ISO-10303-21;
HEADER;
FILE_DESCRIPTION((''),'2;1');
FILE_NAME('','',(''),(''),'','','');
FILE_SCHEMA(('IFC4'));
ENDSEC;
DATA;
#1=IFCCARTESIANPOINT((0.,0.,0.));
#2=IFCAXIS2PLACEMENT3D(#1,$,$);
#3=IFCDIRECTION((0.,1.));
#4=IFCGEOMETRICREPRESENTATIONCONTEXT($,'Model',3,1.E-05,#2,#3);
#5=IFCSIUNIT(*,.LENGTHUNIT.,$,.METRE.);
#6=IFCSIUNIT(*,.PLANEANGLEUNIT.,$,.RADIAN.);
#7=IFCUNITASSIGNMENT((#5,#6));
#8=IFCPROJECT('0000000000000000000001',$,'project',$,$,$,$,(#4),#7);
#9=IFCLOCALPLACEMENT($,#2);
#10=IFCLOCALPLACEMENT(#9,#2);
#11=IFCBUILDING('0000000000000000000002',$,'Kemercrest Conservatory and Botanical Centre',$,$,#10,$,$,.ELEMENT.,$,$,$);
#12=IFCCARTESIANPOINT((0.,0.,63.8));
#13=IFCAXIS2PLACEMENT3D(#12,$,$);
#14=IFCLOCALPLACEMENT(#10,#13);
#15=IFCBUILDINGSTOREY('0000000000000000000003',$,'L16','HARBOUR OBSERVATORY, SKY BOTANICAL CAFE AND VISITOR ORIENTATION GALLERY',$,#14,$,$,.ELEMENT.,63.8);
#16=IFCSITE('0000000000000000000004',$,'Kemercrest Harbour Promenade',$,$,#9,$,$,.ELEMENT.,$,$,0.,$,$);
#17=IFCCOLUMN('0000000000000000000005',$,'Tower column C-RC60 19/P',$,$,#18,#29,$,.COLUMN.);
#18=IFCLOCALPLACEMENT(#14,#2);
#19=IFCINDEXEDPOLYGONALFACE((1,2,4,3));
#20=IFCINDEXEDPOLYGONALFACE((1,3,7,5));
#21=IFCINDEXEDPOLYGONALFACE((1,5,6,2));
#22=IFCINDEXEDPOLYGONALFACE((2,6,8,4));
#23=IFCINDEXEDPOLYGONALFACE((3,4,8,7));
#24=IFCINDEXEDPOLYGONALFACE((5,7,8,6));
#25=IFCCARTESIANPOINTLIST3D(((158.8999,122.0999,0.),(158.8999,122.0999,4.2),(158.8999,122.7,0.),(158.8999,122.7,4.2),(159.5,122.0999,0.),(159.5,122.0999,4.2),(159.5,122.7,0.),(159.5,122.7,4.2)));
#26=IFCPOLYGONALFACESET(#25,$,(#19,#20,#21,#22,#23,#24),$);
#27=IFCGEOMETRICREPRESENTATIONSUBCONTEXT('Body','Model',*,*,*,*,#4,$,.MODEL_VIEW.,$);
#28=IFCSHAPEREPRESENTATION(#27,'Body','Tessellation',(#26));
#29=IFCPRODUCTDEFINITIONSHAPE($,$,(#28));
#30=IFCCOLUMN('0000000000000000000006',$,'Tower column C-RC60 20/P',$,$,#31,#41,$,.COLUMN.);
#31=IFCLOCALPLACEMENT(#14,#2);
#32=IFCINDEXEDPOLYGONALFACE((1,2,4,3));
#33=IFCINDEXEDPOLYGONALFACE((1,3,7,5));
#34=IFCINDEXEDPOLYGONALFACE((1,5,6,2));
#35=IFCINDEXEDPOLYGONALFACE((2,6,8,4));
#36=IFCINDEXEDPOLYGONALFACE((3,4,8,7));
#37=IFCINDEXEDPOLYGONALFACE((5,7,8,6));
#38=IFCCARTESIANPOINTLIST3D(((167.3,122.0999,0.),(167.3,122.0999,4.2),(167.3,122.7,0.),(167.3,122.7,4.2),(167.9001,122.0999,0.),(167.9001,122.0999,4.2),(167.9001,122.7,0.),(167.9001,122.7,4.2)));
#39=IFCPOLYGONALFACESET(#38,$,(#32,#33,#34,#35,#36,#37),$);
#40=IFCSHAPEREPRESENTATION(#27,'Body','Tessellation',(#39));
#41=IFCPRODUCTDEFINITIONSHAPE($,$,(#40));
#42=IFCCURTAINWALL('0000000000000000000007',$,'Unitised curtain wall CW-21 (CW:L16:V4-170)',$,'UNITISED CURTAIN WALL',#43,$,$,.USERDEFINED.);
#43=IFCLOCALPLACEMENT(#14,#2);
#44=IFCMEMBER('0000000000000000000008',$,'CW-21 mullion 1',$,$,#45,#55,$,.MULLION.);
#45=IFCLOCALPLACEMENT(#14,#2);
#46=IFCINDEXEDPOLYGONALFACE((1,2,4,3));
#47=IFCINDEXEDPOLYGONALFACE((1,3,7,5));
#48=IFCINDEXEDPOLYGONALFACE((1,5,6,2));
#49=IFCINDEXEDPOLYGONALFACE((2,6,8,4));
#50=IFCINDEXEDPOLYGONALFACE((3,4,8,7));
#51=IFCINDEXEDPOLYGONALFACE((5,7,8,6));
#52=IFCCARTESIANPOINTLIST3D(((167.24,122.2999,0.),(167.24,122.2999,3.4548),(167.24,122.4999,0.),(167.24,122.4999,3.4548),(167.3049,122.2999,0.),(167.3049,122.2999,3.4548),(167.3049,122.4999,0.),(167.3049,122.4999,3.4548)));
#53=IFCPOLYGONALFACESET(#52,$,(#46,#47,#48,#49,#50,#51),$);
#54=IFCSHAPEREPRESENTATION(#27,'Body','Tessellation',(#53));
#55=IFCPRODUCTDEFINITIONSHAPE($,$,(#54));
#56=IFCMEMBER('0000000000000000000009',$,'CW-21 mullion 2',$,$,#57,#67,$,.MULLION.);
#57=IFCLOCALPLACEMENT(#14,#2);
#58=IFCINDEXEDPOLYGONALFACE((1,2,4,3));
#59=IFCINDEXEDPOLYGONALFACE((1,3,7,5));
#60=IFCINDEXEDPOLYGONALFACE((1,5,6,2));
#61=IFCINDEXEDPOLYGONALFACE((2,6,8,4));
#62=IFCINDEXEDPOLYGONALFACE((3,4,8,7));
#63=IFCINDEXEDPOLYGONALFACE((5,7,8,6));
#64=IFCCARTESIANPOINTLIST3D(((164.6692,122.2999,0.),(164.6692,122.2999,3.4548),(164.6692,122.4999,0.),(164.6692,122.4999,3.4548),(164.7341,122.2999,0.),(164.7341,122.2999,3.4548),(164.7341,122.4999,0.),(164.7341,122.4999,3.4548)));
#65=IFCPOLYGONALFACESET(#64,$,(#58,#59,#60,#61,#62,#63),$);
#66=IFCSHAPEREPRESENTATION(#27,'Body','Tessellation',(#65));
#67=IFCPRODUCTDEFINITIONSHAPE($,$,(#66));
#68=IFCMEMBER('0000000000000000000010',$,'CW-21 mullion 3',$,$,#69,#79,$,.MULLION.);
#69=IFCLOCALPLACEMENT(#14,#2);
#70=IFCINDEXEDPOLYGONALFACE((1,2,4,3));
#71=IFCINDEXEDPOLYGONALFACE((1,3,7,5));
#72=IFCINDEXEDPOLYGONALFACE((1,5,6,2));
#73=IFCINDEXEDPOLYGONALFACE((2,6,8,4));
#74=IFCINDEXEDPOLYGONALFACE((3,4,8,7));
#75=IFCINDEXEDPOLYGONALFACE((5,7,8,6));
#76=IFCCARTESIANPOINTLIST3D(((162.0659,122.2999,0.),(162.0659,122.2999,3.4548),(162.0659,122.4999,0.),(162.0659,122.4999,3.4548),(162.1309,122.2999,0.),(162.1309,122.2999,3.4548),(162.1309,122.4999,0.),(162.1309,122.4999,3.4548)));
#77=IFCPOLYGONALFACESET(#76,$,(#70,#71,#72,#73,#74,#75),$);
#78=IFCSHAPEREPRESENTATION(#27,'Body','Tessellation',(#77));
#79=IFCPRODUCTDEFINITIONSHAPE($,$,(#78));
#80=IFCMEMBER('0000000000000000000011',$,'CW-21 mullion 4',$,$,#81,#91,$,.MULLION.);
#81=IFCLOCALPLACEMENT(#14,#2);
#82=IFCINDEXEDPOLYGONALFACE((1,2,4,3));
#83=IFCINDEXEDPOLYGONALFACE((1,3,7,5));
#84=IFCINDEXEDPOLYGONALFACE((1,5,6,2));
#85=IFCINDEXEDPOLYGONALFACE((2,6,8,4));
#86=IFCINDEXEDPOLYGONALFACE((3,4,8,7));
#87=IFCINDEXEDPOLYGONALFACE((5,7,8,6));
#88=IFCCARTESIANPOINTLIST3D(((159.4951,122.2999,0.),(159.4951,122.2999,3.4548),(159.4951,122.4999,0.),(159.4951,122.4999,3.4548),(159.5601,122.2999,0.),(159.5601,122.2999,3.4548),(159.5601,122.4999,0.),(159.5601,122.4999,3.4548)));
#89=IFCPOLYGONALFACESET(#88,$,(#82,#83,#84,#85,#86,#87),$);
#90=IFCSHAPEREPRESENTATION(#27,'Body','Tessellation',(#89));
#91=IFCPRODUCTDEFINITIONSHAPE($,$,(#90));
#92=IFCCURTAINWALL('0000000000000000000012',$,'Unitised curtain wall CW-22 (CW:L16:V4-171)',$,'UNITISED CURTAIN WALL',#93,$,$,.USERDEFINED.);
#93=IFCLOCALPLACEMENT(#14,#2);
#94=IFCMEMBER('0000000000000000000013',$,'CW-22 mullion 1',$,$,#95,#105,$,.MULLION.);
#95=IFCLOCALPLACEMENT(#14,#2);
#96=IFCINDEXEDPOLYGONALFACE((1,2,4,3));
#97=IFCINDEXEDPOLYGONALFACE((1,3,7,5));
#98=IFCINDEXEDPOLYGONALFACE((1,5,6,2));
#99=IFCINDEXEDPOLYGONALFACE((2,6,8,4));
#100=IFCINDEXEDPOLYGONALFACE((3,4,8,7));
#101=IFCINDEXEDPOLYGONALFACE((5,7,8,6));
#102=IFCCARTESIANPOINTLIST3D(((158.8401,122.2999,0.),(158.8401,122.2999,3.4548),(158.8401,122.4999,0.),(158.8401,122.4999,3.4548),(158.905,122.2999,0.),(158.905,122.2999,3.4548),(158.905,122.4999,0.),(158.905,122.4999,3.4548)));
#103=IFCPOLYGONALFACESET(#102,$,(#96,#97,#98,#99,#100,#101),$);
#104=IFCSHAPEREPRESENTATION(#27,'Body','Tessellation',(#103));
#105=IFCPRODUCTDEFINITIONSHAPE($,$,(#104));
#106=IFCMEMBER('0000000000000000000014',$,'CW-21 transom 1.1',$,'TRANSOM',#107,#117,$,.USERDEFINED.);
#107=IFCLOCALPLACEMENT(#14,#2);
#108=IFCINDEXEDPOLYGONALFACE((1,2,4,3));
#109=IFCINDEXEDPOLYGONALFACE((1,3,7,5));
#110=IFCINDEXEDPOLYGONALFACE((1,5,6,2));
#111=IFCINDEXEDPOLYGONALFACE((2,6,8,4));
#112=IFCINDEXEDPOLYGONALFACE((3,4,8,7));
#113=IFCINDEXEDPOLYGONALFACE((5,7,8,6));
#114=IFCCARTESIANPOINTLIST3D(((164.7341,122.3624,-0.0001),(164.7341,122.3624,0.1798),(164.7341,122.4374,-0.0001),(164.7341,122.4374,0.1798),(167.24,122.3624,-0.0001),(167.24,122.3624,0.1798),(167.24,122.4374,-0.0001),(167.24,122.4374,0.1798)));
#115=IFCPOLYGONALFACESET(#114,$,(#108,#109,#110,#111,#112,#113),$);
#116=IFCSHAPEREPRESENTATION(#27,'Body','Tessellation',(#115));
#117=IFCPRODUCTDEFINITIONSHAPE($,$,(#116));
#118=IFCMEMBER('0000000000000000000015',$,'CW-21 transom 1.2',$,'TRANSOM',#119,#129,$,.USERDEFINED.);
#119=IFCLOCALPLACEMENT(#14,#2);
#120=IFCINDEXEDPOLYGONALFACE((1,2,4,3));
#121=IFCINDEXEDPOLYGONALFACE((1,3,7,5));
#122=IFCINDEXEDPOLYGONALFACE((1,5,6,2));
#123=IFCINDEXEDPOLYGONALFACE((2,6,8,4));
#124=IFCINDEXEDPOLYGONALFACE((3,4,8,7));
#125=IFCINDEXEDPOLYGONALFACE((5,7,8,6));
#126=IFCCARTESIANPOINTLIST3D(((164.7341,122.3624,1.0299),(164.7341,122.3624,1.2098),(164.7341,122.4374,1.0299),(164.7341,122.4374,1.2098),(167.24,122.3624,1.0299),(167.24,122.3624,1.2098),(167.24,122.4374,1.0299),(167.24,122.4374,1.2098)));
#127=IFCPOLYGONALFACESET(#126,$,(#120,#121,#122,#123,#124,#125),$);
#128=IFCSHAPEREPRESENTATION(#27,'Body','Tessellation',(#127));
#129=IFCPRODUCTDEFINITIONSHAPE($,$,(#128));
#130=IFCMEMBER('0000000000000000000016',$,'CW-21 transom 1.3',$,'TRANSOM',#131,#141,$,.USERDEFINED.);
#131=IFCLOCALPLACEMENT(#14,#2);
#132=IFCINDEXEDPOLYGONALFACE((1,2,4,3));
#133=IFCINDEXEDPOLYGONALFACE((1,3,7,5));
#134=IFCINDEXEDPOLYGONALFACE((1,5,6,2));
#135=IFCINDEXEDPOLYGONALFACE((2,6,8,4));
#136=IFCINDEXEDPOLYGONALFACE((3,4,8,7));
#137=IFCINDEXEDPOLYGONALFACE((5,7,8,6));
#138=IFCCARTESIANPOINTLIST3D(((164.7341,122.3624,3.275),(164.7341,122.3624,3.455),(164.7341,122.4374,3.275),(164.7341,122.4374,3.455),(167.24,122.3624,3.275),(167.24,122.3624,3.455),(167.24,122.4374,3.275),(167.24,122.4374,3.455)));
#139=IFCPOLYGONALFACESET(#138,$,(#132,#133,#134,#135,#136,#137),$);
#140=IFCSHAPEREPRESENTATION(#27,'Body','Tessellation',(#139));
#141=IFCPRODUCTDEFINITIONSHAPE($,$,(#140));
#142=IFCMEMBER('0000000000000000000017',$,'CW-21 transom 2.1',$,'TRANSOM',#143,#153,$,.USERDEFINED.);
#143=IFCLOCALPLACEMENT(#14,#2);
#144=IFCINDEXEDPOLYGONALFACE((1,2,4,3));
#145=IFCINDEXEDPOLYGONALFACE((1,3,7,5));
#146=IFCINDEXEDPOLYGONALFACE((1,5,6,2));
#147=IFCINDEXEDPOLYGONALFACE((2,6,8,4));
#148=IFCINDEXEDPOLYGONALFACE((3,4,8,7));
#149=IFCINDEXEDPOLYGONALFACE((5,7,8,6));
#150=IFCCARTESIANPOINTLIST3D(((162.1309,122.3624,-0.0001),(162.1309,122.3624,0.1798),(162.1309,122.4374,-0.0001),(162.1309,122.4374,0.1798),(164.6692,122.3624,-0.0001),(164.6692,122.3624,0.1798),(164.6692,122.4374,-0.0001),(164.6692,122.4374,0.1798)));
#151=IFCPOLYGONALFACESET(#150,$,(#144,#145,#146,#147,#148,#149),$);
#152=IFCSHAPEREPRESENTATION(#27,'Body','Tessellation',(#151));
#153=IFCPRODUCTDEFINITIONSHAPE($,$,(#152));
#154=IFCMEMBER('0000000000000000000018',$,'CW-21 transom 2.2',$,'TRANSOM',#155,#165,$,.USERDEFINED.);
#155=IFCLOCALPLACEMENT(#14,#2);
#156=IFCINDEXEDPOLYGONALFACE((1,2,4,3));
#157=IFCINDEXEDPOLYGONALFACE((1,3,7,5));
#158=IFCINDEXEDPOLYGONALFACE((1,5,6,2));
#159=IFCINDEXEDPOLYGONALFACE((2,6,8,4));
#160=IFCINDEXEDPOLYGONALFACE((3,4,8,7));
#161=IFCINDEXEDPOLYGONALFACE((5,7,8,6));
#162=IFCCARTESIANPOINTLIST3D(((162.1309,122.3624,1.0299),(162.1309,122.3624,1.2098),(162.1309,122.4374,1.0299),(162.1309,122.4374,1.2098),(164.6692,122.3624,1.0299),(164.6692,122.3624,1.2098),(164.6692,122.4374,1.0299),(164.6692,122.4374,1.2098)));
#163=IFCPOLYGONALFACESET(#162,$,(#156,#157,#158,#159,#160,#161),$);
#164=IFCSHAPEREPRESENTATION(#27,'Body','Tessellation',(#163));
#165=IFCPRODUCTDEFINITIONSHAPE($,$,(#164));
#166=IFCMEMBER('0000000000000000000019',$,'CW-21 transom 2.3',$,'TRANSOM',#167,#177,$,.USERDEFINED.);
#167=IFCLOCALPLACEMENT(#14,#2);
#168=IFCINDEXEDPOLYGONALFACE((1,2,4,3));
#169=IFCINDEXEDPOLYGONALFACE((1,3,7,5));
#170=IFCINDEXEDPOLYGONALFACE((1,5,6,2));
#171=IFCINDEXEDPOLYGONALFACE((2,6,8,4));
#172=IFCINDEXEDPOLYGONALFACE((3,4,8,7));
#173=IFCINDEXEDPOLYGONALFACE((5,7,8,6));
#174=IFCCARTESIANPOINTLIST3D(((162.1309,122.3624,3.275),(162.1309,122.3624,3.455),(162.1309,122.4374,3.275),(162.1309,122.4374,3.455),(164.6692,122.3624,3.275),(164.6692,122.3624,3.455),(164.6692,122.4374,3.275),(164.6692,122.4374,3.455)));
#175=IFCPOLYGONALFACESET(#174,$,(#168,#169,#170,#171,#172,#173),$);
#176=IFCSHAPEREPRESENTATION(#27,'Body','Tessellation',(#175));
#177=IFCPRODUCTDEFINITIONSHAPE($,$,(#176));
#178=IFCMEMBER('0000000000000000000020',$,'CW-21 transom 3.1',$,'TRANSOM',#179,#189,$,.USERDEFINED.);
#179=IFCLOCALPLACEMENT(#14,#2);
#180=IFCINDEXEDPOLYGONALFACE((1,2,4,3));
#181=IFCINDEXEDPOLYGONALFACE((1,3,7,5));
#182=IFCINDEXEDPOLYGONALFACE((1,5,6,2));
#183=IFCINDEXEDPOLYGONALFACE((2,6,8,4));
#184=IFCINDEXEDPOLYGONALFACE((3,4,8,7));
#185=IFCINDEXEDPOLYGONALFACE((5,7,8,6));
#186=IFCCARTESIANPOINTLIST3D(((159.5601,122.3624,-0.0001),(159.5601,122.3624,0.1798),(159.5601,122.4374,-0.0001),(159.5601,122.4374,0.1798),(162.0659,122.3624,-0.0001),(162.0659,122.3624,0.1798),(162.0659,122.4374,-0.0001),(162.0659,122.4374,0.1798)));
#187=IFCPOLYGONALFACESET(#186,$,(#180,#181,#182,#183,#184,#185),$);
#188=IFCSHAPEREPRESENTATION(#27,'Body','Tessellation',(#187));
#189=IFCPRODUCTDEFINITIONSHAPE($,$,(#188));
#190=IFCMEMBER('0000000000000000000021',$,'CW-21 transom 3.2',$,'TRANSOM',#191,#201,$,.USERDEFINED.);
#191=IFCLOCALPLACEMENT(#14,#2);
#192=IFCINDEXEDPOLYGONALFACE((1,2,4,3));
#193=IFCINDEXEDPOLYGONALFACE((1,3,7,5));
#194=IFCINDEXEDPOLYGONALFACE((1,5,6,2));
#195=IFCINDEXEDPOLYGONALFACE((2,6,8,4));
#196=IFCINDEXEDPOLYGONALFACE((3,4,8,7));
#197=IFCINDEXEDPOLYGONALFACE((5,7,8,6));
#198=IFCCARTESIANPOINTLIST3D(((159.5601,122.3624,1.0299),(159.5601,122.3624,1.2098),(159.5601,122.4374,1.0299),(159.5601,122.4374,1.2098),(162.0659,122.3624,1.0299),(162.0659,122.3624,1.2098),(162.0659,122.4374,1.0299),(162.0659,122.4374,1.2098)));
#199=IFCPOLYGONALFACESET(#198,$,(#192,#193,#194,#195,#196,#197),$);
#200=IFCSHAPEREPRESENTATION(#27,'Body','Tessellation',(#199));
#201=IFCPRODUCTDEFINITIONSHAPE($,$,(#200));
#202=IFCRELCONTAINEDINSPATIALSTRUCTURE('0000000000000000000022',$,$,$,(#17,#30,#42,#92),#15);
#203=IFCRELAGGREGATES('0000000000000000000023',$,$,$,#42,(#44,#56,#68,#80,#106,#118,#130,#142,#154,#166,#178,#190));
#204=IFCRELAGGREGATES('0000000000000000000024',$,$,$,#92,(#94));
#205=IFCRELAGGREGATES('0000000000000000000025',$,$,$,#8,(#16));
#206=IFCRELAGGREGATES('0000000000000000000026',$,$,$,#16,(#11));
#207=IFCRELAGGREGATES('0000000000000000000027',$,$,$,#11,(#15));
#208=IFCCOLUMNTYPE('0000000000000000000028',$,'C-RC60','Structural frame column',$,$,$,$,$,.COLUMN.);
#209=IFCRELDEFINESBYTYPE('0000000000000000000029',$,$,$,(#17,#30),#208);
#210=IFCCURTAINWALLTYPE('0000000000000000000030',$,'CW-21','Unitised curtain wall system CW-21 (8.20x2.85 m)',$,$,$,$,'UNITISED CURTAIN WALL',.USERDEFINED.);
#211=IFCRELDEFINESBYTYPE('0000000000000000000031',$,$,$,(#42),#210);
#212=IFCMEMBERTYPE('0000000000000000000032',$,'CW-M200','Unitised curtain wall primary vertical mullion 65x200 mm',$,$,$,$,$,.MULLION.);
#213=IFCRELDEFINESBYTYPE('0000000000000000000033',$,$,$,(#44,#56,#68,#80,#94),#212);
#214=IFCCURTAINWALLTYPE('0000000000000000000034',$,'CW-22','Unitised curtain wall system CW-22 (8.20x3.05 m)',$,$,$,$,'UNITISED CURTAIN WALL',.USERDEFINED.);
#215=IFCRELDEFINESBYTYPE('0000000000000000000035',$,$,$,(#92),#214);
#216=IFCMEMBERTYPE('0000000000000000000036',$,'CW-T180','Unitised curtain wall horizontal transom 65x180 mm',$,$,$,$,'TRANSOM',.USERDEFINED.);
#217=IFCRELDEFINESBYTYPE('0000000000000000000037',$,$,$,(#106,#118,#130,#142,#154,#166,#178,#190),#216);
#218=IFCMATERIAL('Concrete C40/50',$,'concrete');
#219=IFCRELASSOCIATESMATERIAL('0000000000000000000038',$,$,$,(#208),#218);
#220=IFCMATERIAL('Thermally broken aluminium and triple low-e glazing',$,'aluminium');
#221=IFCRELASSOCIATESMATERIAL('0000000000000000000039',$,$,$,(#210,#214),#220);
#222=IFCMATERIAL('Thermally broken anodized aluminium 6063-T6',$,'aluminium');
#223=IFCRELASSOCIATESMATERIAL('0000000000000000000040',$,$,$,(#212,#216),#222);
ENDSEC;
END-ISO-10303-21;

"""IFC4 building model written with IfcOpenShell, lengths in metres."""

from ifc_helpers import new_model, si_unit, direction, frame, origin, origin_2d, place, context, subcontext, project, spatial, rectangle, extrude, material, material_profile, profile_set, type_object, element, aggregate, save


model = new_model("IFC4")

# Units and contexts
model_context = context("Model", 3, precision=1e-05, world=origin(), true_north=direction((0.0, 1.0)))
body_context = subcontext(model_context, "Body", "Model", "MODEL_VIEW")
ifc_project = project(units=[si_unit("LENGTHUNIT", "METRE"), si_unit("PLANEANGLEUNIT", "RADIAN")], contexts=[model_context])

# Site, building, storey
site_placement = place(None, origin())
site = spatial("IfcSite", under=ifc_project, at=site_placement, Name="Kemercrest Harbour Promenade", CompositionType="ELEMENT", RefElevation=0.0)
building_placement = place(site_placement, origin())
building = spatial("IfcBuilding", under=site, at=building_placement, Name="Kemercrest Conservatory and Botanical Centre", CompositionType="ELEMENT")
storey_placement = place(building_placement, frame((0.0, 0.0, 63.8)))
storey = spatial("IfcBuildingStorey", under=building, at=storey_placement, Name="L16", Description="HARBOUR OBSERVATORY, SKY BOTANICAL CAFE AND VISITOR ORIENTATION GALLERY", CompositionType="ELEMENT", Elevation=63.8)

# Columns
ifc_material_1 = material(Name="Concrete C40/50", Category="concrete")
ifc_material_profile_1 = material_profile(ifc_material_1, rectangle(XDim=0.6001, YDim=0.6001, at=origin_2d()), Name="RC 600x600")
ifc_profile_set_1 = profile_set([ifc_material_profile_1], Name="Concrete C40/50")
column_type = type_object("IfcColumnType", Name="C-RC60", Description="Structural frame column", PredefinedType="COLUMN", material=ifc_profile_set_1)
for number, where, z_axis, x_axis, name in (
    (1, (159.2, 122.3999, 0.0), (0.0, 0.0, 1.0), (1.0, 0.0, 0.0), "Tower column C-RC60 19/P"),
    (2, (167.6001, 122.3999, 0.0), (0.0, 0.0, 1.0), (1.0, 0.0, 0.0), "Tower column C-RC60 20/P"),
):
    element("IfcColumn", number, at=place(storey_placement, frame(where, z_axis=z_axis, x_axis=x_axis)), inside=storey, type_object=column_type, Name=name, PredefinedType="COLUMN", context=body_context, shape_type="SweptSolid", body=[
        extrude(rectangle(XDim=0.6001, YDim=0.6001, at=origin_2d()), origin(), (0.0, 0.0, 1.0), 4.2),
    ])

# Curtain wall, members
ifc_material_2 = material(Name="Thermally broken aluminium and triple low-e glazing", Category="aluminium")
curtain_wall_type_1 = type_object("IfcCurtainWallType", Name="CW-21", Description="Unitised curtain wall system CW-21 (8.20x2.85 m)", ElementType="UNITISED CURTAIN WALL", PredefinedType="USERDEFINED", material=ifc_material_2)
curtain_wall_1_placement = place(storey_placement, origin())
curtain_wall_1 = element("IfcCurtainWall", 3, at=curtain_wall_1_placement, inside=storey, type_object=curtain_wall_type_1, Name="Unitised curtain wall CW-21 (CW:L16:V4-170)", ObjectType="UNITISED CURTAIN WALL", PredefinedType="USERDEFINED")
ifc_material_3 = material(Name="Thermally broken anodized aluminium 6063-T6", Category="aluminium")
ifc_material_profile_2 = material_profile(ifc_material_3, rectangle(XDim=0.2, YDim=0.0649, at=origin_2d()), Name="AL MULLION 65x200")
ifc_profile_set_2 = profile_set([ifc_material_profile_2], Name="Thermally broken anodized aluminium 6063-T6")
member_type_1 = type_object("IfcMemberType", Name="CW-M200", Description="Unitised curtain wall primary vertical mullion 65x200 mm", PredefinedType="MULLION", material=ifc_profile_set_2)
member_1_placement = place(storey_placement, frame((167.2725, 122.3999, 0.0), z_axis=(0.0, 0.0, 1.0), x_axis=(0.0, -1.0, 0.0)))
member_1 = element("IfcMember", 4, at=member_1_placement, type_object=member_type_1, Name="CW-21 mullion 1", PredefinedType="MULLION", context=body_context, shape_type="SweptSolid", body=[
    extrude(rectangle(XDim=0.2, YDim=0.0649, at=origin_2d()), origin(), (0.0, 0.0, 1.0), 3.4548),
])
member_2_placement = place(storey_placement, frame((164.7017, 122.3999, 0.0), z_axis=(0.0, 0.0, 1.0), x_axis=(0.0, -1.0, 0.0)))
member_2 = element("IfcMember", 5, at=member_2_placement, type_object=member_type_1, Name="CW-21 mullion 2", PredefinedType="MULLION", context=body_context, shape_type="SweptSolid", body=[
    extrude(rectangle(XDim=0.2, YDim=0.0649, at=origin_2d()), origin(), (0.0, 0.0, 1.0), 3.4548),
])
member_3_placement = place(storey_placement, frame((162.0984, 122.3999, 0.0), z_axis=(0.0, 0.0, 1.0), x_axis=(0.0, -1.0, 0.0)))
member_3 = element("IfcMember", 6, at=member_3_placement, type_object=member_type_1, Name="CW-21 mullion 3", PredefinedType="MULLION", context=body_context, shape_type="SweptSolid", body=[
    extrude(rectangle(XDim=0.2, YDim=0.0649, at=origin_2d()), origin(), (0.0, 0.0, 1.0), 3.4548),
])
member_4_placement = place(storey_placement, frame((159.5276, 122.3999, 0.0), z_axis=(0.0, 0.0, 1.0), x_axis=(0.0, -1.0, 0.0)))
member_4 = element("IfcMember", 7, at=member_4_placement, type_object=member_type_1, Name="CW-21 mullion 4", PredefinedType="MULLION", context=body_context, shape_type="SweptSolid", body=[
    extrude(rectangle(XDim=0.2, YDim=0.0649, at=origin_2d()), origin(), (0.0, 0.0, 1.0), 3.4548),
])

# Curtain wall, member
curtain_wall_type_2 = type_object("IfcCurtainWallType", Name="CW-22", Description="Unitised curtain wall system CW-22 (8.20x3.05 m)", ElementType="UNITISED CURTAIN WALL", PredefinedType="USERDEFINED", material=ifc_material_2)
curtain_wall_2_placement = place(storey_placement, origin())
curtain_wall_2 = element("IfcCurtainWall", 8, at=curtain_wall_2_placement, inside=storey, type_object=curtain_wall_type_2, Name="Unitised curtain wall CW-22 (CW:L16:V4-171)", ObjectType="UNITISED CURTAIN WALL", PredefinedType="USERDEFINED")
member_5_placement = place(storey_placement, frame((158.8726, 122.3999, 0.0), z_axis=(0.0, 0.0, 1.0), x_axis=(0.0, -1.0, 0.0)))
member_5 = element("IfcMember", 9, at=member_5_placement, type_object=member_type_1, Name="CW-22 mullion 1", PredefinedType="MULLION", context=body_context, shape_type="SweptSolid", body=[
    extrude(rectangle(XDim=0.2, YDim=0.0649, at=origin_2d()), origin(), (0.0, 0.0, 1.0), 3.4548),
])

# Members
ifc_material_profile_3 = material_profile(ifc_material_3, rectangle(XDim=0.075, YDim=0.1799, at=origin_2d()), Name="AL TRANSOM 75x180")
ifc_profile_set_3 = profile_set([ifc_material_profile_3], Name="Thermally broken anodized aluminium 6063-T6")
member_type_2 = type_object("IfcMemberType", Name="CW-T180", Description="Unitised curtain wall horizontal transom 65x180 mm", ElementType="TRANSOM", PredefinedType="USERDEFINED", material=ifc_profile_set_3)
member_6_placement = place(storey_placement, frame((167.24, 122.3999, 0.0898), z_axis=(-1.0, 0.0, 0.0), x_axis=(0.0, -1.0, 0.0)))
member_6 = element("IfcMember", 10, at=member_6_placement, type_object=member_type_2, Name="CW-21 transom 1.1", ObjectType="TRANSOM", PredefinedType="USERDEFINED", context=body_context, shape_type="SweptSolid", body=[
    extrude(rectangle(XDim=0.075, YDim=0.1799, at=origin_2d()), origin(), (0.0, 0.0, 1.0), 2.5059),
])
member_7_placement = place(storey_placement, frame((167.24, 122.3999, 1.1199), z_axis=(-1.0, 0.0, 0.0), x_axis=(0.0, -1.0, 0.0)))
member_7 = element("IfcMember", 11, at=member_7_placement, type_object=member_type_2, Name="CW-21 transom 1.2", ObjectType="TRANSOM", PredefinedType="USERDEFINED", context=body_context, shape_type="SweptSolid", body=[
    extrude(rectangle(XDim=0.075, YDim=0.1799, at=origin_2d()), origin(), (0.0, 0.0, 1.0), 2.5059),
])
member_8_placement = place(storey_placement, frame((167.24, 122.3999, 3.365), z_axis=(-1.0, 0.0, 0.0), x_axis=(0.0, -1.0, 0.0)))
member_8 = element("IfcMember", 12, at=member_8_placement, type_object=member_type_2, Name="CW-21 transom 1.3", ObjectType="TRANSOM", PredefinedType="USERDEFINED", context=body_context, shape_type="SweptSolid", body=[
    extrude(rectangle(XDim=0.075, YDim=0.1799, at=origin_2d()), origin(), (0.0, 0.0, 1.0), 2.5059),
])
member_9_placement = place(storey_placement, frame((164.6692, 122.3999, 0.0898), z_axis=(-1.0, 0.0, 0.0), x_axis=(0.0, -1.0, 0.0)))
member_9 = element("IfcMember", 13, at=member_9_placement, type_object=member_type_2, Name="CW-21 transom 2.1", ObjectType="TRANSOM", PredefinedType="USERDEFINED", context=body_context, shape_type="SweptSolid", body=[
    extrude(rectangle(XDim=0.075, YDim=0.1799, at=origin_2d()), origin(), (0.0, 0.0, 1.0), 2.5383),
])
member_10_placement = place(storey_placement, frame((164.6692, 122.3999, 1.1199), z_axis=(-1.0, 0.0, 0.0), x_axis=(0.0, -1.0, 0.0)))
member_10 = element("IfcMember", 14, at=member_10_placement, type_object=member_type_2, Name="CW-21 transom 2.2", ObjectType="TRANSOM", PredefinedType="USERDEFINED", context=body_context, shape_type="SweptSolid", body=[
    extrude(rectangle(XDim=0.075, YDim=0.1799, at=origin_2d()), origin(), (0.0, 0.0, 1.0), 2.5383),
])
member_11_placement = place(storey_placement, frame((164.6692, 122.3999, 3.365), z_axis=(-1.0, 0.0, 0.0), x_axis=(0.0, -1.0, 0.0)))
member_11 = element("IfcMember", 15, at=member_11_placement, type_object=member_type_2, Name="CW-21 transom 2.3", ObjectType="TRANSOM", PredefinedType="USERDEFINED", context=body_context, shape_type="SweptSolid", body=[
    extrude(rectangle(XDim=0.075, YDim=0.1799, at=origin_2d()), origin(), (0.0, 0.0, 1.0), 2.5383),
])
member_12_placement = place(storey_placement, frame((162.0659, 122.3999, 0.0898), z_axis=(-1.0, 0.0, 0.0), x_axis=(0.0, -1.0, 0.0)))
member_12 = element("IfcMember", 16, at=member_12_placement, type_object=member_type_2, Name="CW-21 transom 3.1", ObjectType="TRANSOM", PredefinedType="USERDEFINED", context=body_context, shape_type="SweptSolid", body=[
    extrude(rectangle(XDim=0.075, YDim=0.1799, at=origin_2d()), origin(), (0.0, 0.0, 1.0), 2.5059),
])
member_13_placement = place(storey_placement, frame((162.0659, 122.3999, 1.1199), z_axis=(-1.0, 0.0, 0.0), x_axis=(0.0, -1.0, 0.0)))
member_13 = element("IfcMember", 17, at=member_13_placement, type_object=member_type_2, Name="CW-21 transom 3.2", ObjectType="TRANSOM", PredefinedType="USERDEFINED", context=body_context, shape_type="SweptSolid", body=[
    extrude(rectangle(XDim=0.075, YDim=0.1799, at=origin_2d()), origin(), (0.0, 0.0, 1.0), 2.5059),
])

aggregate(curtain_wall_1, [member_1, member_2, member_3, member_4, member_6, member_7, member_8, member_9, member_10, member_11, member_12, member_13])
aggregate(curtain_wall_2, [member_5])

save(model, "model.ifc")
